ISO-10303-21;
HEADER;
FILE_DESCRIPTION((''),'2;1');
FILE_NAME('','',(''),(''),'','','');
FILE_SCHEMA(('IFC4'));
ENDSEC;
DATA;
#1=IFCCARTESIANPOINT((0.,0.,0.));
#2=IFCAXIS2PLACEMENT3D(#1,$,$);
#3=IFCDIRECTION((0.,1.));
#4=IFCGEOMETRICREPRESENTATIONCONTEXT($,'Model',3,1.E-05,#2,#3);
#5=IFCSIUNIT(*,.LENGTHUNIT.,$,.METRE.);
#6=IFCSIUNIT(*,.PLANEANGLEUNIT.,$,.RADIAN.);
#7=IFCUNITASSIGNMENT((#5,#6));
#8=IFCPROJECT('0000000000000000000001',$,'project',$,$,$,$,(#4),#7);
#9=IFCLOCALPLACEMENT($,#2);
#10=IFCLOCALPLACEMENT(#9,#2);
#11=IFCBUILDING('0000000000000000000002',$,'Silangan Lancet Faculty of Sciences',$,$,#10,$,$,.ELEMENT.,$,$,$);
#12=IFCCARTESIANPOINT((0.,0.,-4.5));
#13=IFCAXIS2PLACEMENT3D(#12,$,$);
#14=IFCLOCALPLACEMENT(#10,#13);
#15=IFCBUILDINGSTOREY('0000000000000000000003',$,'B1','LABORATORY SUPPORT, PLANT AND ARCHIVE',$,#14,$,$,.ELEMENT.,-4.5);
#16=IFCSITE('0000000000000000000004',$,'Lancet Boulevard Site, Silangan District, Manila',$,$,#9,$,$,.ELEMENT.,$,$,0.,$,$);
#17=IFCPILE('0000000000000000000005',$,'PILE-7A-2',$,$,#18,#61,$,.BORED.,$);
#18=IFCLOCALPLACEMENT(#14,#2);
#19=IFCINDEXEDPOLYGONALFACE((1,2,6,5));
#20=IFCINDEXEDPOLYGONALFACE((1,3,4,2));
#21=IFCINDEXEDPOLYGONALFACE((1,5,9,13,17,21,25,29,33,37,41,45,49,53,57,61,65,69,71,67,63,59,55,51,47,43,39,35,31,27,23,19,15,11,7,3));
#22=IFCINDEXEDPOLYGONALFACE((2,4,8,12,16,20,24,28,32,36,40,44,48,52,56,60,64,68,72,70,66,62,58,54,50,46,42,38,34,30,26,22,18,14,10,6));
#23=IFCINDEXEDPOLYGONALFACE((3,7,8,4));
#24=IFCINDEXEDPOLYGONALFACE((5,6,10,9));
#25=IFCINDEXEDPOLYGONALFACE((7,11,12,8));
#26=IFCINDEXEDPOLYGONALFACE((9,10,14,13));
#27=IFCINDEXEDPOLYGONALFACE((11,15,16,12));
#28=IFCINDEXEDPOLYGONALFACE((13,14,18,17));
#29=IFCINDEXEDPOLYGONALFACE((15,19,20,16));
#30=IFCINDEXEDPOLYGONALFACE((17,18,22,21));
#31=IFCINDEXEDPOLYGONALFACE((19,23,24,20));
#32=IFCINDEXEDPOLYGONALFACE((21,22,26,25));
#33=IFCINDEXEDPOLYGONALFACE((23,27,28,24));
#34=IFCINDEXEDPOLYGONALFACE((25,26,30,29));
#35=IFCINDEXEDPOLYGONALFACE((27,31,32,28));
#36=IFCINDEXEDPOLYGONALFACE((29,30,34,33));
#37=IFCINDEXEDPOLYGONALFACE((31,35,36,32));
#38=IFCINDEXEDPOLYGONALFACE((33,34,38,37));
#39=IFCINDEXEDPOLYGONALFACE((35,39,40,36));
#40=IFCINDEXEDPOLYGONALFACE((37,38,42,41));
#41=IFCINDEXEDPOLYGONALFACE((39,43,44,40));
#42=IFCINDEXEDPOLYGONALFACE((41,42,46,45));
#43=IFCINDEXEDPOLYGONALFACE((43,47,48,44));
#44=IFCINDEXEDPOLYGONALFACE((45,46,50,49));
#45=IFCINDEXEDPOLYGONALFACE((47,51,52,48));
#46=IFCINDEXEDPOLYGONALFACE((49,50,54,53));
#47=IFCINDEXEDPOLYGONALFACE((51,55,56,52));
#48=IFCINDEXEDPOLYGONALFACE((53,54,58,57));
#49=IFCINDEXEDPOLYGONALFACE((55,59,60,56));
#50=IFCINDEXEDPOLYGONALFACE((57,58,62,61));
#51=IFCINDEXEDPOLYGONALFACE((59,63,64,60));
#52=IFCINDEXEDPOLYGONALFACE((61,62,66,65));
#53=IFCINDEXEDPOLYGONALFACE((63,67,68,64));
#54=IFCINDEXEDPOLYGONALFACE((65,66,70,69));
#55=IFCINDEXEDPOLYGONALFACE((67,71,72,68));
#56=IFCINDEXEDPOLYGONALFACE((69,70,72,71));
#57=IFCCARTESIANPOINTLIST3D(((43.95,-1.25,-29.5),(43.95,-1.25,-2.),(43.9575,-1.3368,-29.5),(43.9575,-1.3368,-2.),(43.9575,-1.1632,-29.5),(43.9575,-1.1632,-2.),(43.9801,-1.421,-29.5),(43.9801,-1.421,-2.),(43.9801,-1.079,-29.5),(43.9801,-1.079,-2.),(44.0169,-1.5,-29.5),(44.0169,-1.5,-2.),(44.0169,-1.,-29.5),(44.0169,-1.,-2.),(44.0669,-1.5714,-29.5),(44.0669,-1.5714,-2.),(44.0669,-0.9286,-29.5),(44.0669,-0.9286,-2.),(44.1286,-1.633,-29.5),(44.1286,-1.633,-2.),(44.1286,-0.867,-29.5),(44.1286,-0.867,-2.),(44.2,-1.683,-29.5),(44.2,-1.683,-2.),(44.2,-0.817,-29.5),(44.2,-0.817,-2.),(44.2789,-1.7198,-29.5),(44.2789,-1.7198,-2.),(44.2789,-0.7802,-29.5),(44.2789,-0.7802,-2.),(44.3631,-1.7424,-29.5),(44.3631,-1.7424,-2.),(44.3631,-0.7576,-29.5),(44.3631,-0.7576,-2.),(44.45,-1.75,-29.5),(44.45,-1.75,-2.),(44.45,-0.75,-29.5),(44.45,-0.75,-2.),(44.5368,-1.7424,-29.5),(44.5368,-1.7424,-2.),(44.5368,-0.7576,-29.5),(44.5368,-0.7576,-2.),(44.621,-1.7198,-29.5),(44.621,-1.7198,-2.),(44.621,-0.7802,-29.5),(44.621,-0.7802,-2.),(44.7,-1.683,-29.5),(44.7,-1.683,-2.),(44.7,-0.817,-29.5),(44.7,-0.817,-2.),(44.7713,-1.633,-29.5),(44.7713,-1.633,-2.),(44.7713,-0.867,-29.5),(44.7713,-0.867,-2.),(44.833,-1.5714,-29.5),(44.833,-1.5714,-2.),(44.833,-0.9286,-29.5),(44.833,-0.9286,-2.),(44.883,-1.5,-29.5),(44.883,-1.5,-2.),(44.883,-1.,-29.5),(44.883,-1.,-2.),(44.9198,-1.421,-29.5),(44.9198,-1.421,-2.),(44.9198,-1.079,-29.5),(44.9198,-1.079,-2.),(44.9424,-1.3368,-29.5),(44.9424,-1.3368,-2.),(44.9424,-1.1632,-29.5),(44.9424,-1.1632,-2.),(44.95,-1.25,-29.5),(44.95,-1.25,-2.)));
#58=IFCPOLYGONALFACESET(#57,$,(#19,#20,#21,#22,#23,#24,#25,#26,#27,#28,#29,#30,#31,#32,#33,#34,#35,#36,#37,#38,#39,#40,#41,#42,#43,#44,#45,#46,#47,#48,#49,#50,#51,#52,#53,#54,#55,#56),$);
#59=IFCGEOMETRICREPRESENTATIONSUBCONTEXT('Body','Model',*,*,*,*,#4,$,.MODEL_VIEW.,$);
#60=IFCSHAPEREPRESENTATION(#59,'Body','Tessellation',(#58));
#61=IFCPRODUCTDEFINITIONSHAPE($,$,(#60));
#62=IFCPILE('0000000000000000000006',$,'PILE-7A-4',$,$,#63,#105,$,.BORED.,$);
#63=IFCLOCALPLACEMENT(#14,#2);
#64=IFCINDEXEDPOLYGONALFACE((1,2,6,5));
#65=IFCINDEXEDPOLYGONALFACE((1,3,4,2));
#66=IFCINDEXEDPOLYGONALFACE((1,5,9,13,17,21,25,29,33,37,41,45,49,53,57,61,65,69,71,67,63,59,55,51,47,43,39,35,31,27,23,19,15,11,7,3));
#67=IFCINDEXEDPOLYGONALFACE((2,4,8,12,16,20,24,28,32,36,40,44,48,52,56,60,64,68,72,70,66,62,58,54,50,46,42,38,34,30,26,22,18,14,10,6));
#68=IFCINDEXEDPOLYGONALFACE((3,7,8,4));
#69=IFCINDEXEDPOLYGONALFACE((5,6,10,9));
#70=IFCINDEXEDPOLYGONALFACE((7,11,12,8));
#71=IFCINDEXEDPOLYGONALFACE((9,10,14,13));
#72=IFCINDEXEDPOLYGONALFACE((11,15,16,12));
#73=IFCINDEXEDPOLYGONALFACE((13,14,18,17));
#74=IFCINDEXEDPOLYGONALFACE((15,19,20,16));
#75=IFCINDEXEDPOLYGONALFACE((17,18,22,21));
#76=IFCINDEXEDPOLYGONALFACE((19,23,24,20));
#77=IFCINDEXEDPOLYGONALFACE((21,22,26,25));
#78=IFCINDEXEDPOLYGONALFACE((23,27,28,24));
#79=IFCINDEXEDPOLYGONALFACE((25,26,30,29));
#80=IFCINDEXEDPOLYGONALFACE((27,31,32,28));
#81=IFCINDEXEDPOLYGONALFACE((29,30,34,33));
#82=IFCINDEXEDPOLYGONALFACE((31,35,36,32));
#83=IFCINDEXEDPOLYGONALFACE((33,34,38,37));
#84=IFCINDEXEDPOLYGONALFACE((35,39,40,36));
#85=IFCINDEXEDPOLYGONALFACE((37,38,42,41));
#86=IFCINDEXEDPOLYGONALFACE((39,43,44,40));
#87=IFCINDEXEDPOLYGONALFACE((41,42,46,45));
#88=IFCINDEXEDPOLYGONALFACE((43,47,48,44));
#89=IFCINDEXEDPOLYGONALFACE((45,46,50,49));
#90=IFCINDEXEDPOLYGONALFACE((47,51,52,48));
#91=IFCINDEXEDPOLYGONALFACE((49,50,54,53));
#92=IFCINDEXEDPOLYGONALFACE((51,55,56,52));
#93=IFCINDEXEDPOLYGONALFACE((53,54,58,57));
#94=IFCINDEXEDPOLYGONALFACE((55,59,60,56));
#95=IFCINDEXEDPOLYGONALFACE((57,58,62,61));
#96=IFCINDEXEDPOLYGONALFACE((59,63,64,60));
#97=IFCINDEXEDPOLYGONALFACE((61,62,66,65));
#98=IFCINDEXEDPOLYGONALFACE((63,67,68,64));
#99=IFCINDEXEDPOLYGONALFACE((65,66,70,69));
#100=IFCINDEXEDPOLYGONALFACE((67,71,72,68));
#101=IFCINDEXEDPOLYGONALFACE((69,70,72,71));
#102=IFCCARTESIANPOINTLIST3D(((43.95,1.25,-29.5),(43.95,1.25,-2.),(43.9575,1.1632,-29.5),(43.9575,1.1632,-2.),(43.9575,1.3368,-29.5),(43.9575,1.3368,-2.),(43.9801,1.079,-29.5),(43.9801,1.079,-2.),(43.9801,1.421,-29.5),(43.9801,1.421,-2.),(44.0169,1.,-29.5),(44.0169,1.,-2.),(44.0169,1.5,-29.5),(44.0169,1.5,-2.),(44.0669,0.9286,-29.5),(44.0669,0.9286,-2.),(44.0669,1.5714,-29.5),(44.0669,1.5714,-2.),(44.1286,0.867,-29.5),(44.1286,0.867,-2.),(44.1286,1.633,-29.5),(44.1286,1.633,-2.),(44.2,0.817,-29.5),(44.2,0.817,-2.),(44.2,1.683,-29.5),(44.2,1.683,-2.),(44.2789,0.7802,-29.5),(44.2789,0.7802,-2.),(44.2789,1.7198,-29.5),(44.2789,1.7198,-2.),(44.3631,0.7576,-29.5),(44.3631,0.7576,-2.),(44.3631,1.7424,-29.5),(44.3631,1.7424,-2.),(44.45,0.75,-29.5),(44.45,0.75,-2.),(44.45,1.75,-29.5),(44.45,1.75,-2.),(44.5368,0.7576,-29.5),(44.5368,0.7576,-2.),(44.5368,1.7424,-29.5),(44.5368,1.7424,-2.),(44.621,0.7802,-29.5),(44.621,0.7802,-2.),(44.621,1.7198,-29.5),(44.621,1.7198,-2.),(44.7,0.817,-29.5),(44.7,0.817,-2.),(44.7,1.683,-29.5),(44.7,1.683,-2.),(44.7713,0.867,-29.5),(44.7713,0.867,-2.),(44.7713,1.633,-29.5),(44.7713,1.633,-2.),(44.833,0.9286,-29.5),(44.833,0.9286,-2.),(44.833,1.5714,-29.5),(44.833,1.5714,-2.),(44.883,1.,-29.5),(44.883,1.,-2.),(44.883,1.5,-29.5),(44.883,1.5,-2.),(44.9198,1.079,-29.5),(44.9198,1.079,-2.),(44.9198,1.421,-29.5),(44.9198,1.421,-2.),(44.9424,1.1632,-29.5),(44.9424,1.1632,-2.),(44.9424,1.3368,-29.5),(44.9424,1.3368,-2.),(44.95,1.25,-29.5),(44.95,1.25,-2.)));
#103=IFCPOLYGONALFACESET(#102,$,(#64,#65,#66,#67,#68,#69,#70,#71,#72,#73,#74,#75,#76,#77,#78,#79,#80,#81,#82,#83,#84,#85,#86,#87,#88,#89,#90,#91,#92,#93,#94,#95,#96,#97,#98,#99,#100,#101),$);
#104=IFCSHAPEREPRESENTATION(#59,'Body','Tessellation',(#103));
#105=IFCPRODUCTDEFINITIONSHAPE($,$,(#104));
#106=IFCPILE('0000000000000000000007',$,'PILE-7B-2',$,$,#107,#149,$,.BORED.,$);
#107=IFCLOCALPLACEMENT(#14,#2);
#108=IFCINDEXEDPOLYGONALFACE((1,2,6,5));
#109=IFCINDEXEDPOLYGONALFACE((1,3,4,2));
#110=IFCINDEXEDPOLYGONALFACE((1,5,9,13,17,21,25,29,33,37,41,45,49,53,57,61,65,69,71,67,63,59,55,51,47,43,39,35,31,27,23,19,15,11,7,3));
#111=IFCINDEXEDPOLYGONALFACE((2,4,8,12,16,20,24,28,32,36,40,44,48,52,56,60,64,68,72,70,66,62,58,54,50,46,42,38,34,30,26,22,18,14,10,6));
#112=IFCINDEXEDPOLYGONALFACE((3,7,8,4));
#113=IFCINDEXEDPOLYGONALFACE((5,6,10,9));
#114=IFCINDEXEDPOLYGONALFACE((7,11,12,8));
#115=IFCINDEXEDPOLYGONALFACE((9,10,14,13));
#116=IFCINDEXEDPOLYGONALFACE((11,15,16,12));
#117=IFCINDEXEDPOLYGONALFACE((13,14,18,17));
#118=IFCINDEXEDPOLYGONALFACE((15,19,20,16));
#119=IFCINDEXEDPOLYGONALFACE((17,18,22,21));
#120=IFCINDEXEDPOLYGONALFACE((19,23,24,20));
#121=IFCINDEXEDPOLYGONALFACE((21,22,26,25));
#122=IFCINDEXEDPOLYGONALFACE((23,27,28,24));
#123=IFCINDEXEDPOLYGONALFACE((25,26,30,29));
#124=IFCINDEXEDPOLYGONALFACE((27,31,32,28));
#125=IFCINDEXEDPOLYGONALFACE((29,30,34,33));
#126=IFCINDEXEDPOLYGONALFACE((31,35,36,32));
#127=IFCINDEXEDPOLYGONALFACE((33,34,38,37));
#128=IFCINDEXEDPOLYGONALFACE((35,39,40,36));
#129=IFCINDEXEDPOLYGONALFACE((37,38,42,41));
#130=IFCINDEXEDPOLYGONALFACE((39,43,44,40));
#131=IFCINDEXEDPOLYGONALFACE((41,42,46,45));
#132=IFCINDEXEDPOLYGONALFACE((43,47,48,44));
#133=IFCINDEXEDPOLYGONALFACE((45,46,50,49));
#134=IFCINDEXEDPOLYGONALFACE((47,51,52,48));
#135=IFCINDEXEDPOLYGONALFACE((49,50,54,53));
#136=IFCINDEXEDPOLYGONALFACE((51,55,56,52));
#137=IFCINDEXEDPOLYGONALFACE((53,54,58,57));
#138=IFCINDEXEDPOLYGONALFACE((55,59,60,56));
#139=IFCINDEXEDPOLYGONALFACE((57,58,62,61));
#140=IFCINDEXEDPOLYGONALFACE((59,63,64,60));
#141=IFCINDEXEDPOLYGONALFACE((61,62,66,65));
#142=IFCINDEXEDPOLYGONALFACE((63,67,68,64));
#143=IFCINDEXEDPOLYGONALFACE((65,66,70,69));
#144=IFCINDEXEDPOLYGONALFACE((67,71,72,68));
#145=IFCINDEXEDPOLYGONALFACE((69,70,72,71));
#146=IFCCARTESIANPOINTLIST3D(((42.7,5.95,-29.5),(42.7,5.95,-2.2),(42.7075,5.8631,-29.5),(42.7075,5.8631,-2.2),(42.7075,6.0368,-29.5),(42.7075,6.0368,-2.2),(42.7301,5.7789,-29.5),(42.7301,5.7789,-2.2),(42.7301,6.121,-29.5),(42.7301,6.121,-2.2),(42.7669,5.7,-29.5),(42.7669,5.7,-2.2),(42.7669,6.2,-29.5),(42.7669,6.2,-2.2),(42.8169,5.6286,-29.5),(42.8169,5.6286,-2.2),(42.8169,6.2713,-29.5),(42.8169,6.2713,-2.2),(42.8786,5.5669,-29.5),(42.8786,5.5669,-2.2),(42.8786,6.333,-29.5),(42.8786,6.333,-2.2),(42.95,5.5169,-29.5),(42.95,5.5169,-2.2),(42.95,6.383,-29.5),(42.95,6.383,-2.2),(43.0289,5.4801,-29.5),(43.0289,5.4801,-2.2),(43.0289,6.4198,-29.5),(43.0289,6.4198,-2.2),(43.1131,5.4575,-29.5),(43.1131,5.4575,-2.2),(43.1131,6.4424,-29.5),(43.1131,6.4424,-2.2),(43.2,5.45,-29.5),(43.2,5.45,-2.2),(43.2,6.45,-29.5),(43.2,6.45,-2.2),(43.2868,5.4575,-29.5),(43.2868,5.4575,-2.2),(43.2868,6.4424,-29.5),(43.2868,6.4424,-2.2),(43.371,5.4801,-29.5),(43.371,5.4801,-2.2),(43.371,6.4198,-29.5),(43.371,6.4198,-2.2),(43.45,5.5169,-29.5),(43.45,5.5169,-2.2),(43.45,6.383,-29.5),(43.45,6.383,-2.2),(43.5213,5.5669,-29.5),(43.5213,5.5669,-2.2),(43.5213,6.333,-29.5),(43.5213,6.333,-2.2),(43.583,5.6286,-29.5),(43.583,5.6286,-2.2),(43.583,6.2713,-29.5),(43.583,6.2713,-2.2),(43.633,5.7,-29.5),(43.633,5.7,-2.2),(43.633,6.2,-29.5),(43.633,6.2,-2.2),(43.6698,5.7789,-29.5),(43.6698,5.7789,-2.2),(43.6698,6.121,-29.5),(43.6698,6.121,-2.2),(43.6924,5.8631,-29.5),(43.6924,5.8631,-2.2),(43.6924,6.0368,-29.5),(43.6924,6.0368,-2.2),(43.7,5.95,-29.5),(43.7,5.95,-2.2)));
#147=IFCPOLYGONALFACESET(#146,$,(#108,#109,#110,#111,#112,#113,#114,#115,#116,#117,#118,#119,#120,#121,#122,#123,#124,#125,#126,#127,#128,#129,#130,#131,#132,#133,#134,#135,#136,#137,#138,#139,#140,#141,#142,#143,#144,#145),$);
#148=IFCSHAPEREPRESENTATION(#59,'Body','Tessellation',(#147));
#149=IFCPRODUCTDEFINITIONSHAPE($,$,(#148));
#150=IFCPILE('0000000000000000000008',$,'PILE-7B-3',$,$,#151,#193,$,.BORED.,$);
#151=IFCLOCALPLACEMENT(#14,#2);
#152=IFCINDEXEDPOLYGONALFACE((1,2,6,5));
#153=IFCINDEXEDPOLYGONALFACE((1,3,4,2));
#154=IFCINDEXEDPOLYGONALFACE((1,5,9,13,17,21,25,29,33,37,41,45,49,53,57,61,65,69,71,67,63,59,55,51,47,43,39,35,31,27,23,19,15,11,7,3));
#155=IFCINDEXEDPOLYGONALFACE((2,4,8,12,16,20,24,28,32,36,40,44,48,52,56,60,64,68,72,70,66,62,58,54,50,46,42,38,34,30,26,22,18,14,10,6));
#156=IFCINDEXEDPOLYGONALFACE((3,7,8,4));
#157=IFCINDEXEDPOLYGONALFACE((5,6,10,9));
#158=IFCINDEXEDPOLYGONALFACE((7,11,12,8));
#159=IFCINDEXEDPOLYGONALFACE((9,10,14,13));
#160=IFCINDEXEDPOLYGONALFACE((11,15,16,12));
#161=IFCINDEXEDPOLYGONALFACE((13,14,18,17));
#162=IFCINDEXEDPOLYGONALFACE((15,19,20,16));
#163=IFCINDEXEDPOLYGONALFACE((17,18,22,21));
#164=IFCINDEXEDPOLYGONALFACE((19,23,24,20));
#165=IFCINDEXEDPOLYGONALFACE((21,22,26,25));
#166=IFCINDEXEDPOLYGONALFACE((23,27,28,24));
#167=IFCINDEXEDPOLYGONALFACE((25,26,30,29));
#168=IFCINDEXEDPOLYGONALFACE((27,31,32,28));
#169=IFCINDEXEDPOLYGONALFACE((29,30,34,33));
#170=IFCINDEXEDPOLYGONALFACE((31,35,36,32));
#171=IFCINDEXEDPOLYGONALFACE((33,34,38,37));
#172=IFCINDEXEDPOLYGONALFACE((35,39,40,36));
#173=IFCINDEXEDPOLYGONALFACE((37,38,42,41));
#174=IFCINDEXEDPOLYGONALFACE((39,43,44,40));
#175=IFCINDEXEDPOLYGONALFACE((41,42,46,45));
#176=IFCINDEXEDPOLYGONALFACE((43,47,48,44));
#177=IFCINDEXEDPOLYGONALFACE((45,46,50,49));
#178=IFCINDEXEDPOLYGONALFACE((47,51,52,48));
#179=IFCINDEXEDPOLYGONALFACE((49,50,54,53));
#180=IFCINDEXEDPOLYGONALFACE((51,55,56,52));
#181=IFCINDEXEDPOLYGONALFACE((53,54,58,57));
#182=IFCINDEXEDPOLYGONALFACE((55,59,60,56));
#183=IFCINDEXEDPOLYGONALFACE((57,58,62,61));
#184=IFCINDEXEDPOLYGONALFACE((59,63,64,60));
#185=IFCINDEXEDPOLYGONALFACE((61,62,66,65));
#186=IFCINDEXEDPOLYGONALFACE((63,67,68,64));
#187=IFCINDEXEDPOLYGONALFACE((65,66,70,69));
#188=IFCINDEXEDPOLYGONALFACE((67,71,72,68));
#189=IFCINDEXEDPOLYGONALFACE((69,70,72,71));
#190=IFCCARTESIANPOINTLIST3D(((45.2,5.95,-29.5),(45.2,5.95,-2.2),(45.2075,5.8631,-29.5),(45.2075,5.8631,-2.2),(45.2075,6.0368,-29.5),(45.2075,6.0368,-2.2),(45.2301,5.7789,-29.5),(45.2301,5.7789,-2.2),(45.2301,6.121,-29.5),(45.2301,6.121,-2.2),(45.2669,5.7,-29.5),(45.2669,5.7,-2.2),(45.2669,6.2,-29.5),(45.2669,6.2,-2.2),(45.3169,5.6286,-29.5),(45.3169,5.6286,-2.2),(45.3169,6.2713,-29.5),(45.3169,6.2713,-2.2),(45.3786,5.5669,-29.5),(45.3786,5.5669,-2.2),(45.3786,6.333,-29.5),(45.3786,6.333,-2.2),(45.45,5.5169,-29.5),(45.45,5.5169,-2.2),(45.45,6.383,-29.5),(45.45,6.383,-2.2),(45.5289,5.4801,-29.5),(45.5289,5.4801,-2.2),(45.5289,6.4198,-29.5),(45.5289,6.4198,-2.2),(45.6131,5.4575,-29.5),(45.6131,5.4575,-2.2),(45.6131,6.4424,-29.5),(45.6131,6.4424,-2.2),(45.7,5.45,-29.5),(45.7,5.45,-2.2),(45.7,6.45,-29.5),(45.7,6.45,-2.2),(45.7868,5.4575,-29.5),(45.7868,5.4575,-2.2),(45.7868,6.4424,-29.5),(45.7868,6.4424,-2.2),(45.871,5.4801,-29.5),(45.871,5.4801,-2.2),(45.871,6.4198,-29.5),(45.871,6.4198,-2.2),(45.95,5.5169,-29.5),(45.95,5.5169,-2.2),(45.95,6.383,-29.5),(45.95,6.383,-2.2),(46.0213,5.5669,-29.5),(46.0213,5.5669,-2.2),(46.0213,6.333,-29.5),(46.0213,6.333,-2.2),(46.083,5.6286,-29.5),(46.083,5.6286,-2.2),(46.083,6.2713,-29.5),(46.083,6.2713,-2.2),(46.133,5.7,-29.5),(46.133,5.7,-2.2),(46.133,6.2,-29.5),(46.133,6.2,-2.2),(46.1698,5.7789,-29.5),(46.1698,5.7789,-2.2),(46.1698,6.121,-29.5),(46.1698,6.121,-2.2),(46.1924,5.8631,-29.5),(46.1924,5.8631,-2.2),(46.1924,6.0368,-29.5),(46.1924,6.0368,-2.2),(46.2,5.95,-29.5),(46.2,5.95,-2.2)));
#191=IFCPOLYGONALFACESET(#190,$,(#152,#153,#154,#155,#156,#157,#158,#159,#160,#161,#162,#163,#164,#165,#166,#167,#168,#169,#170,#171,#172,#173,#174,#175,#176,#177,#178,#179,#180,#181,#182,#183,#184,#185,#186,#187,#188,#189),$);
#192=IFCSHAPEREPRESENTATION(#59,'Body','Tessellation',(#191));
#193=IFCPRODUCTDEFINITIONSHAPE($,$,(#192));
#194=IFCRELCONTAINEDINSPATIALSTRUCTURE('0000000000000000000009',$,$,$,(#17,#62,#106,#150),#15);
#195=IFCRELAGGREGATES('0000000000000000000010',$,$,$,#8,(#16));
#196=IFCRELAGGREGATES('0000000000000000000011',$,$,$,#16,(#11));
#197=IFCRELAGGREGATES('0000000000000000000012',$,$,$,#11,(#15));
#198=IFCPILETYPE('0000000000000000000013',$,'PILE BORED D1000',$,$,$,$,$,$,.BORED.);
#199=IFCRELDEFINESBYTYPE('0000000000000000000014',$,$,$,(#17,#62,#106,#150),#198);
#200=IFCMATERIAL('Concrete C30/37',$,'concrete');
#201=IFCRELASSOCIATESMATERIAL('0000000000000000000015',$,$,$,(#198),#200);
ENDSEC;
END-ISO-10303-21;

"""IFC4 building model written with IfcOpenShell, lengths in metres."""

from ifc_helpers import new_model, si_unit, direction, frame, origin, origin_2d, place, context, subcontext, project, spatial, circle, extrude, material, material_profile, profile_set, type_object, element, save


model = new_model("IFC4")

# Units and contexts
model_context = context("Model", 3, precision=1e-05, world=origin(), true_north=direction((0.0, 1.0)))
body_context = subcontext(model_context, "Body", "Model", "MODEL_VIEW")
ifc_project = project(units=[si_unit("LENGTHUNIT", "METRE"), si_unit("PLANEANGLEUNIT", "RADIAN")], contexts=[model_context])

# Site, building, storey
site_placement = place(None, origin())
site = spatial("IfcSite", under=ifc_project, at=site_placement, Name="Lancet Boulevard Site, Silangan District, Manila", CompositionType="ELEMENT", RefElevation=0.0)
building_placement = place(site_placement, origin())
building = spatial("IfcBuilding", under=site, at=building_placement, Name="Silangan Lancet Faculty of Sciences", CompositionType="ELEMENT")
storey_placement = place(building_placement, frame((0.0, 0.0, -4.5)))
storey = spatial("IfcBuildingStorey", under=building, at=storey_placement, Name="B1", Description="LABORATORY SUPPORT, PLANT AND ARCHIVE", CompositionType="ELEMENT", Elevation=-4.5)

# Piles
ifc_material_1 = material(Name="Concrete C30/37", Category="concrete")
ifc_material_profile_1 = material_profile(ifc_material_1, circle(Radius=0.5, at=origin_2d()), Name="BORED PILE D1000")
ifc_profile_set_1 = profile_set([ifc_material_profile_1], Name="Concrete C30/37")
pile_type = type_object("IfcPileType", Name="PILE BORED D1000", PredefinedType="BORED", material=ifc_profile_set_1)
for number, where, z_axis, x_axis, name in (
    (1, (44.45, -1.25, -2.0), (0.0, 0.0, -1.0), (1.0, 0.0, 0.0), "PILE-7A-2"),
    (2, (44.45, 1.25, -2.0), (0.0, 0.0, -1.0), (1.0, 0.0, 0.0), "PILE-7A-4"),
):
    element("IfcPile", number, at=place(storey_placement, frame(where, z_axis=z_axis, x_axis=x_axis)), inside=storey, type_object=pile_type, Name=name, PredefinedType="BORED", context=body_context, shape_type="SweptSolid", body=[
        extrude(circle(Radius=0.5, at=origin_2d()), origin(), (0.0, 0.0, 1.0), 27.5),
    ])
for number, where, z_axis, x_axis, name in (
    (3, (43.2, 5.95, -2.2), (0.0, 0.0, -1.0), (1.0, 0.0, 0.0), "PILE-7B-2"),
    (4, (45.7, 5.95, -2.2), (0.0, 0.0, -1.0), (1.0, 0.0, 0.0), "PILE-7B-3"),
):
    element("IfcPile", number, at=place(storey_placement, frame(where, z_axis=z_axis, x_axis=x_axis)), inside=storey, type_object=pile_type, Name=name, PredefinedType="BORED", context=body_context, shape_type="SweptSolid", body=[
        extrude(circle(Radius=0.5, at=origin_2d()), origin(), (0.0, 0.0, 1.0), 27.3),
    ])

save(model, "model.ifc")
